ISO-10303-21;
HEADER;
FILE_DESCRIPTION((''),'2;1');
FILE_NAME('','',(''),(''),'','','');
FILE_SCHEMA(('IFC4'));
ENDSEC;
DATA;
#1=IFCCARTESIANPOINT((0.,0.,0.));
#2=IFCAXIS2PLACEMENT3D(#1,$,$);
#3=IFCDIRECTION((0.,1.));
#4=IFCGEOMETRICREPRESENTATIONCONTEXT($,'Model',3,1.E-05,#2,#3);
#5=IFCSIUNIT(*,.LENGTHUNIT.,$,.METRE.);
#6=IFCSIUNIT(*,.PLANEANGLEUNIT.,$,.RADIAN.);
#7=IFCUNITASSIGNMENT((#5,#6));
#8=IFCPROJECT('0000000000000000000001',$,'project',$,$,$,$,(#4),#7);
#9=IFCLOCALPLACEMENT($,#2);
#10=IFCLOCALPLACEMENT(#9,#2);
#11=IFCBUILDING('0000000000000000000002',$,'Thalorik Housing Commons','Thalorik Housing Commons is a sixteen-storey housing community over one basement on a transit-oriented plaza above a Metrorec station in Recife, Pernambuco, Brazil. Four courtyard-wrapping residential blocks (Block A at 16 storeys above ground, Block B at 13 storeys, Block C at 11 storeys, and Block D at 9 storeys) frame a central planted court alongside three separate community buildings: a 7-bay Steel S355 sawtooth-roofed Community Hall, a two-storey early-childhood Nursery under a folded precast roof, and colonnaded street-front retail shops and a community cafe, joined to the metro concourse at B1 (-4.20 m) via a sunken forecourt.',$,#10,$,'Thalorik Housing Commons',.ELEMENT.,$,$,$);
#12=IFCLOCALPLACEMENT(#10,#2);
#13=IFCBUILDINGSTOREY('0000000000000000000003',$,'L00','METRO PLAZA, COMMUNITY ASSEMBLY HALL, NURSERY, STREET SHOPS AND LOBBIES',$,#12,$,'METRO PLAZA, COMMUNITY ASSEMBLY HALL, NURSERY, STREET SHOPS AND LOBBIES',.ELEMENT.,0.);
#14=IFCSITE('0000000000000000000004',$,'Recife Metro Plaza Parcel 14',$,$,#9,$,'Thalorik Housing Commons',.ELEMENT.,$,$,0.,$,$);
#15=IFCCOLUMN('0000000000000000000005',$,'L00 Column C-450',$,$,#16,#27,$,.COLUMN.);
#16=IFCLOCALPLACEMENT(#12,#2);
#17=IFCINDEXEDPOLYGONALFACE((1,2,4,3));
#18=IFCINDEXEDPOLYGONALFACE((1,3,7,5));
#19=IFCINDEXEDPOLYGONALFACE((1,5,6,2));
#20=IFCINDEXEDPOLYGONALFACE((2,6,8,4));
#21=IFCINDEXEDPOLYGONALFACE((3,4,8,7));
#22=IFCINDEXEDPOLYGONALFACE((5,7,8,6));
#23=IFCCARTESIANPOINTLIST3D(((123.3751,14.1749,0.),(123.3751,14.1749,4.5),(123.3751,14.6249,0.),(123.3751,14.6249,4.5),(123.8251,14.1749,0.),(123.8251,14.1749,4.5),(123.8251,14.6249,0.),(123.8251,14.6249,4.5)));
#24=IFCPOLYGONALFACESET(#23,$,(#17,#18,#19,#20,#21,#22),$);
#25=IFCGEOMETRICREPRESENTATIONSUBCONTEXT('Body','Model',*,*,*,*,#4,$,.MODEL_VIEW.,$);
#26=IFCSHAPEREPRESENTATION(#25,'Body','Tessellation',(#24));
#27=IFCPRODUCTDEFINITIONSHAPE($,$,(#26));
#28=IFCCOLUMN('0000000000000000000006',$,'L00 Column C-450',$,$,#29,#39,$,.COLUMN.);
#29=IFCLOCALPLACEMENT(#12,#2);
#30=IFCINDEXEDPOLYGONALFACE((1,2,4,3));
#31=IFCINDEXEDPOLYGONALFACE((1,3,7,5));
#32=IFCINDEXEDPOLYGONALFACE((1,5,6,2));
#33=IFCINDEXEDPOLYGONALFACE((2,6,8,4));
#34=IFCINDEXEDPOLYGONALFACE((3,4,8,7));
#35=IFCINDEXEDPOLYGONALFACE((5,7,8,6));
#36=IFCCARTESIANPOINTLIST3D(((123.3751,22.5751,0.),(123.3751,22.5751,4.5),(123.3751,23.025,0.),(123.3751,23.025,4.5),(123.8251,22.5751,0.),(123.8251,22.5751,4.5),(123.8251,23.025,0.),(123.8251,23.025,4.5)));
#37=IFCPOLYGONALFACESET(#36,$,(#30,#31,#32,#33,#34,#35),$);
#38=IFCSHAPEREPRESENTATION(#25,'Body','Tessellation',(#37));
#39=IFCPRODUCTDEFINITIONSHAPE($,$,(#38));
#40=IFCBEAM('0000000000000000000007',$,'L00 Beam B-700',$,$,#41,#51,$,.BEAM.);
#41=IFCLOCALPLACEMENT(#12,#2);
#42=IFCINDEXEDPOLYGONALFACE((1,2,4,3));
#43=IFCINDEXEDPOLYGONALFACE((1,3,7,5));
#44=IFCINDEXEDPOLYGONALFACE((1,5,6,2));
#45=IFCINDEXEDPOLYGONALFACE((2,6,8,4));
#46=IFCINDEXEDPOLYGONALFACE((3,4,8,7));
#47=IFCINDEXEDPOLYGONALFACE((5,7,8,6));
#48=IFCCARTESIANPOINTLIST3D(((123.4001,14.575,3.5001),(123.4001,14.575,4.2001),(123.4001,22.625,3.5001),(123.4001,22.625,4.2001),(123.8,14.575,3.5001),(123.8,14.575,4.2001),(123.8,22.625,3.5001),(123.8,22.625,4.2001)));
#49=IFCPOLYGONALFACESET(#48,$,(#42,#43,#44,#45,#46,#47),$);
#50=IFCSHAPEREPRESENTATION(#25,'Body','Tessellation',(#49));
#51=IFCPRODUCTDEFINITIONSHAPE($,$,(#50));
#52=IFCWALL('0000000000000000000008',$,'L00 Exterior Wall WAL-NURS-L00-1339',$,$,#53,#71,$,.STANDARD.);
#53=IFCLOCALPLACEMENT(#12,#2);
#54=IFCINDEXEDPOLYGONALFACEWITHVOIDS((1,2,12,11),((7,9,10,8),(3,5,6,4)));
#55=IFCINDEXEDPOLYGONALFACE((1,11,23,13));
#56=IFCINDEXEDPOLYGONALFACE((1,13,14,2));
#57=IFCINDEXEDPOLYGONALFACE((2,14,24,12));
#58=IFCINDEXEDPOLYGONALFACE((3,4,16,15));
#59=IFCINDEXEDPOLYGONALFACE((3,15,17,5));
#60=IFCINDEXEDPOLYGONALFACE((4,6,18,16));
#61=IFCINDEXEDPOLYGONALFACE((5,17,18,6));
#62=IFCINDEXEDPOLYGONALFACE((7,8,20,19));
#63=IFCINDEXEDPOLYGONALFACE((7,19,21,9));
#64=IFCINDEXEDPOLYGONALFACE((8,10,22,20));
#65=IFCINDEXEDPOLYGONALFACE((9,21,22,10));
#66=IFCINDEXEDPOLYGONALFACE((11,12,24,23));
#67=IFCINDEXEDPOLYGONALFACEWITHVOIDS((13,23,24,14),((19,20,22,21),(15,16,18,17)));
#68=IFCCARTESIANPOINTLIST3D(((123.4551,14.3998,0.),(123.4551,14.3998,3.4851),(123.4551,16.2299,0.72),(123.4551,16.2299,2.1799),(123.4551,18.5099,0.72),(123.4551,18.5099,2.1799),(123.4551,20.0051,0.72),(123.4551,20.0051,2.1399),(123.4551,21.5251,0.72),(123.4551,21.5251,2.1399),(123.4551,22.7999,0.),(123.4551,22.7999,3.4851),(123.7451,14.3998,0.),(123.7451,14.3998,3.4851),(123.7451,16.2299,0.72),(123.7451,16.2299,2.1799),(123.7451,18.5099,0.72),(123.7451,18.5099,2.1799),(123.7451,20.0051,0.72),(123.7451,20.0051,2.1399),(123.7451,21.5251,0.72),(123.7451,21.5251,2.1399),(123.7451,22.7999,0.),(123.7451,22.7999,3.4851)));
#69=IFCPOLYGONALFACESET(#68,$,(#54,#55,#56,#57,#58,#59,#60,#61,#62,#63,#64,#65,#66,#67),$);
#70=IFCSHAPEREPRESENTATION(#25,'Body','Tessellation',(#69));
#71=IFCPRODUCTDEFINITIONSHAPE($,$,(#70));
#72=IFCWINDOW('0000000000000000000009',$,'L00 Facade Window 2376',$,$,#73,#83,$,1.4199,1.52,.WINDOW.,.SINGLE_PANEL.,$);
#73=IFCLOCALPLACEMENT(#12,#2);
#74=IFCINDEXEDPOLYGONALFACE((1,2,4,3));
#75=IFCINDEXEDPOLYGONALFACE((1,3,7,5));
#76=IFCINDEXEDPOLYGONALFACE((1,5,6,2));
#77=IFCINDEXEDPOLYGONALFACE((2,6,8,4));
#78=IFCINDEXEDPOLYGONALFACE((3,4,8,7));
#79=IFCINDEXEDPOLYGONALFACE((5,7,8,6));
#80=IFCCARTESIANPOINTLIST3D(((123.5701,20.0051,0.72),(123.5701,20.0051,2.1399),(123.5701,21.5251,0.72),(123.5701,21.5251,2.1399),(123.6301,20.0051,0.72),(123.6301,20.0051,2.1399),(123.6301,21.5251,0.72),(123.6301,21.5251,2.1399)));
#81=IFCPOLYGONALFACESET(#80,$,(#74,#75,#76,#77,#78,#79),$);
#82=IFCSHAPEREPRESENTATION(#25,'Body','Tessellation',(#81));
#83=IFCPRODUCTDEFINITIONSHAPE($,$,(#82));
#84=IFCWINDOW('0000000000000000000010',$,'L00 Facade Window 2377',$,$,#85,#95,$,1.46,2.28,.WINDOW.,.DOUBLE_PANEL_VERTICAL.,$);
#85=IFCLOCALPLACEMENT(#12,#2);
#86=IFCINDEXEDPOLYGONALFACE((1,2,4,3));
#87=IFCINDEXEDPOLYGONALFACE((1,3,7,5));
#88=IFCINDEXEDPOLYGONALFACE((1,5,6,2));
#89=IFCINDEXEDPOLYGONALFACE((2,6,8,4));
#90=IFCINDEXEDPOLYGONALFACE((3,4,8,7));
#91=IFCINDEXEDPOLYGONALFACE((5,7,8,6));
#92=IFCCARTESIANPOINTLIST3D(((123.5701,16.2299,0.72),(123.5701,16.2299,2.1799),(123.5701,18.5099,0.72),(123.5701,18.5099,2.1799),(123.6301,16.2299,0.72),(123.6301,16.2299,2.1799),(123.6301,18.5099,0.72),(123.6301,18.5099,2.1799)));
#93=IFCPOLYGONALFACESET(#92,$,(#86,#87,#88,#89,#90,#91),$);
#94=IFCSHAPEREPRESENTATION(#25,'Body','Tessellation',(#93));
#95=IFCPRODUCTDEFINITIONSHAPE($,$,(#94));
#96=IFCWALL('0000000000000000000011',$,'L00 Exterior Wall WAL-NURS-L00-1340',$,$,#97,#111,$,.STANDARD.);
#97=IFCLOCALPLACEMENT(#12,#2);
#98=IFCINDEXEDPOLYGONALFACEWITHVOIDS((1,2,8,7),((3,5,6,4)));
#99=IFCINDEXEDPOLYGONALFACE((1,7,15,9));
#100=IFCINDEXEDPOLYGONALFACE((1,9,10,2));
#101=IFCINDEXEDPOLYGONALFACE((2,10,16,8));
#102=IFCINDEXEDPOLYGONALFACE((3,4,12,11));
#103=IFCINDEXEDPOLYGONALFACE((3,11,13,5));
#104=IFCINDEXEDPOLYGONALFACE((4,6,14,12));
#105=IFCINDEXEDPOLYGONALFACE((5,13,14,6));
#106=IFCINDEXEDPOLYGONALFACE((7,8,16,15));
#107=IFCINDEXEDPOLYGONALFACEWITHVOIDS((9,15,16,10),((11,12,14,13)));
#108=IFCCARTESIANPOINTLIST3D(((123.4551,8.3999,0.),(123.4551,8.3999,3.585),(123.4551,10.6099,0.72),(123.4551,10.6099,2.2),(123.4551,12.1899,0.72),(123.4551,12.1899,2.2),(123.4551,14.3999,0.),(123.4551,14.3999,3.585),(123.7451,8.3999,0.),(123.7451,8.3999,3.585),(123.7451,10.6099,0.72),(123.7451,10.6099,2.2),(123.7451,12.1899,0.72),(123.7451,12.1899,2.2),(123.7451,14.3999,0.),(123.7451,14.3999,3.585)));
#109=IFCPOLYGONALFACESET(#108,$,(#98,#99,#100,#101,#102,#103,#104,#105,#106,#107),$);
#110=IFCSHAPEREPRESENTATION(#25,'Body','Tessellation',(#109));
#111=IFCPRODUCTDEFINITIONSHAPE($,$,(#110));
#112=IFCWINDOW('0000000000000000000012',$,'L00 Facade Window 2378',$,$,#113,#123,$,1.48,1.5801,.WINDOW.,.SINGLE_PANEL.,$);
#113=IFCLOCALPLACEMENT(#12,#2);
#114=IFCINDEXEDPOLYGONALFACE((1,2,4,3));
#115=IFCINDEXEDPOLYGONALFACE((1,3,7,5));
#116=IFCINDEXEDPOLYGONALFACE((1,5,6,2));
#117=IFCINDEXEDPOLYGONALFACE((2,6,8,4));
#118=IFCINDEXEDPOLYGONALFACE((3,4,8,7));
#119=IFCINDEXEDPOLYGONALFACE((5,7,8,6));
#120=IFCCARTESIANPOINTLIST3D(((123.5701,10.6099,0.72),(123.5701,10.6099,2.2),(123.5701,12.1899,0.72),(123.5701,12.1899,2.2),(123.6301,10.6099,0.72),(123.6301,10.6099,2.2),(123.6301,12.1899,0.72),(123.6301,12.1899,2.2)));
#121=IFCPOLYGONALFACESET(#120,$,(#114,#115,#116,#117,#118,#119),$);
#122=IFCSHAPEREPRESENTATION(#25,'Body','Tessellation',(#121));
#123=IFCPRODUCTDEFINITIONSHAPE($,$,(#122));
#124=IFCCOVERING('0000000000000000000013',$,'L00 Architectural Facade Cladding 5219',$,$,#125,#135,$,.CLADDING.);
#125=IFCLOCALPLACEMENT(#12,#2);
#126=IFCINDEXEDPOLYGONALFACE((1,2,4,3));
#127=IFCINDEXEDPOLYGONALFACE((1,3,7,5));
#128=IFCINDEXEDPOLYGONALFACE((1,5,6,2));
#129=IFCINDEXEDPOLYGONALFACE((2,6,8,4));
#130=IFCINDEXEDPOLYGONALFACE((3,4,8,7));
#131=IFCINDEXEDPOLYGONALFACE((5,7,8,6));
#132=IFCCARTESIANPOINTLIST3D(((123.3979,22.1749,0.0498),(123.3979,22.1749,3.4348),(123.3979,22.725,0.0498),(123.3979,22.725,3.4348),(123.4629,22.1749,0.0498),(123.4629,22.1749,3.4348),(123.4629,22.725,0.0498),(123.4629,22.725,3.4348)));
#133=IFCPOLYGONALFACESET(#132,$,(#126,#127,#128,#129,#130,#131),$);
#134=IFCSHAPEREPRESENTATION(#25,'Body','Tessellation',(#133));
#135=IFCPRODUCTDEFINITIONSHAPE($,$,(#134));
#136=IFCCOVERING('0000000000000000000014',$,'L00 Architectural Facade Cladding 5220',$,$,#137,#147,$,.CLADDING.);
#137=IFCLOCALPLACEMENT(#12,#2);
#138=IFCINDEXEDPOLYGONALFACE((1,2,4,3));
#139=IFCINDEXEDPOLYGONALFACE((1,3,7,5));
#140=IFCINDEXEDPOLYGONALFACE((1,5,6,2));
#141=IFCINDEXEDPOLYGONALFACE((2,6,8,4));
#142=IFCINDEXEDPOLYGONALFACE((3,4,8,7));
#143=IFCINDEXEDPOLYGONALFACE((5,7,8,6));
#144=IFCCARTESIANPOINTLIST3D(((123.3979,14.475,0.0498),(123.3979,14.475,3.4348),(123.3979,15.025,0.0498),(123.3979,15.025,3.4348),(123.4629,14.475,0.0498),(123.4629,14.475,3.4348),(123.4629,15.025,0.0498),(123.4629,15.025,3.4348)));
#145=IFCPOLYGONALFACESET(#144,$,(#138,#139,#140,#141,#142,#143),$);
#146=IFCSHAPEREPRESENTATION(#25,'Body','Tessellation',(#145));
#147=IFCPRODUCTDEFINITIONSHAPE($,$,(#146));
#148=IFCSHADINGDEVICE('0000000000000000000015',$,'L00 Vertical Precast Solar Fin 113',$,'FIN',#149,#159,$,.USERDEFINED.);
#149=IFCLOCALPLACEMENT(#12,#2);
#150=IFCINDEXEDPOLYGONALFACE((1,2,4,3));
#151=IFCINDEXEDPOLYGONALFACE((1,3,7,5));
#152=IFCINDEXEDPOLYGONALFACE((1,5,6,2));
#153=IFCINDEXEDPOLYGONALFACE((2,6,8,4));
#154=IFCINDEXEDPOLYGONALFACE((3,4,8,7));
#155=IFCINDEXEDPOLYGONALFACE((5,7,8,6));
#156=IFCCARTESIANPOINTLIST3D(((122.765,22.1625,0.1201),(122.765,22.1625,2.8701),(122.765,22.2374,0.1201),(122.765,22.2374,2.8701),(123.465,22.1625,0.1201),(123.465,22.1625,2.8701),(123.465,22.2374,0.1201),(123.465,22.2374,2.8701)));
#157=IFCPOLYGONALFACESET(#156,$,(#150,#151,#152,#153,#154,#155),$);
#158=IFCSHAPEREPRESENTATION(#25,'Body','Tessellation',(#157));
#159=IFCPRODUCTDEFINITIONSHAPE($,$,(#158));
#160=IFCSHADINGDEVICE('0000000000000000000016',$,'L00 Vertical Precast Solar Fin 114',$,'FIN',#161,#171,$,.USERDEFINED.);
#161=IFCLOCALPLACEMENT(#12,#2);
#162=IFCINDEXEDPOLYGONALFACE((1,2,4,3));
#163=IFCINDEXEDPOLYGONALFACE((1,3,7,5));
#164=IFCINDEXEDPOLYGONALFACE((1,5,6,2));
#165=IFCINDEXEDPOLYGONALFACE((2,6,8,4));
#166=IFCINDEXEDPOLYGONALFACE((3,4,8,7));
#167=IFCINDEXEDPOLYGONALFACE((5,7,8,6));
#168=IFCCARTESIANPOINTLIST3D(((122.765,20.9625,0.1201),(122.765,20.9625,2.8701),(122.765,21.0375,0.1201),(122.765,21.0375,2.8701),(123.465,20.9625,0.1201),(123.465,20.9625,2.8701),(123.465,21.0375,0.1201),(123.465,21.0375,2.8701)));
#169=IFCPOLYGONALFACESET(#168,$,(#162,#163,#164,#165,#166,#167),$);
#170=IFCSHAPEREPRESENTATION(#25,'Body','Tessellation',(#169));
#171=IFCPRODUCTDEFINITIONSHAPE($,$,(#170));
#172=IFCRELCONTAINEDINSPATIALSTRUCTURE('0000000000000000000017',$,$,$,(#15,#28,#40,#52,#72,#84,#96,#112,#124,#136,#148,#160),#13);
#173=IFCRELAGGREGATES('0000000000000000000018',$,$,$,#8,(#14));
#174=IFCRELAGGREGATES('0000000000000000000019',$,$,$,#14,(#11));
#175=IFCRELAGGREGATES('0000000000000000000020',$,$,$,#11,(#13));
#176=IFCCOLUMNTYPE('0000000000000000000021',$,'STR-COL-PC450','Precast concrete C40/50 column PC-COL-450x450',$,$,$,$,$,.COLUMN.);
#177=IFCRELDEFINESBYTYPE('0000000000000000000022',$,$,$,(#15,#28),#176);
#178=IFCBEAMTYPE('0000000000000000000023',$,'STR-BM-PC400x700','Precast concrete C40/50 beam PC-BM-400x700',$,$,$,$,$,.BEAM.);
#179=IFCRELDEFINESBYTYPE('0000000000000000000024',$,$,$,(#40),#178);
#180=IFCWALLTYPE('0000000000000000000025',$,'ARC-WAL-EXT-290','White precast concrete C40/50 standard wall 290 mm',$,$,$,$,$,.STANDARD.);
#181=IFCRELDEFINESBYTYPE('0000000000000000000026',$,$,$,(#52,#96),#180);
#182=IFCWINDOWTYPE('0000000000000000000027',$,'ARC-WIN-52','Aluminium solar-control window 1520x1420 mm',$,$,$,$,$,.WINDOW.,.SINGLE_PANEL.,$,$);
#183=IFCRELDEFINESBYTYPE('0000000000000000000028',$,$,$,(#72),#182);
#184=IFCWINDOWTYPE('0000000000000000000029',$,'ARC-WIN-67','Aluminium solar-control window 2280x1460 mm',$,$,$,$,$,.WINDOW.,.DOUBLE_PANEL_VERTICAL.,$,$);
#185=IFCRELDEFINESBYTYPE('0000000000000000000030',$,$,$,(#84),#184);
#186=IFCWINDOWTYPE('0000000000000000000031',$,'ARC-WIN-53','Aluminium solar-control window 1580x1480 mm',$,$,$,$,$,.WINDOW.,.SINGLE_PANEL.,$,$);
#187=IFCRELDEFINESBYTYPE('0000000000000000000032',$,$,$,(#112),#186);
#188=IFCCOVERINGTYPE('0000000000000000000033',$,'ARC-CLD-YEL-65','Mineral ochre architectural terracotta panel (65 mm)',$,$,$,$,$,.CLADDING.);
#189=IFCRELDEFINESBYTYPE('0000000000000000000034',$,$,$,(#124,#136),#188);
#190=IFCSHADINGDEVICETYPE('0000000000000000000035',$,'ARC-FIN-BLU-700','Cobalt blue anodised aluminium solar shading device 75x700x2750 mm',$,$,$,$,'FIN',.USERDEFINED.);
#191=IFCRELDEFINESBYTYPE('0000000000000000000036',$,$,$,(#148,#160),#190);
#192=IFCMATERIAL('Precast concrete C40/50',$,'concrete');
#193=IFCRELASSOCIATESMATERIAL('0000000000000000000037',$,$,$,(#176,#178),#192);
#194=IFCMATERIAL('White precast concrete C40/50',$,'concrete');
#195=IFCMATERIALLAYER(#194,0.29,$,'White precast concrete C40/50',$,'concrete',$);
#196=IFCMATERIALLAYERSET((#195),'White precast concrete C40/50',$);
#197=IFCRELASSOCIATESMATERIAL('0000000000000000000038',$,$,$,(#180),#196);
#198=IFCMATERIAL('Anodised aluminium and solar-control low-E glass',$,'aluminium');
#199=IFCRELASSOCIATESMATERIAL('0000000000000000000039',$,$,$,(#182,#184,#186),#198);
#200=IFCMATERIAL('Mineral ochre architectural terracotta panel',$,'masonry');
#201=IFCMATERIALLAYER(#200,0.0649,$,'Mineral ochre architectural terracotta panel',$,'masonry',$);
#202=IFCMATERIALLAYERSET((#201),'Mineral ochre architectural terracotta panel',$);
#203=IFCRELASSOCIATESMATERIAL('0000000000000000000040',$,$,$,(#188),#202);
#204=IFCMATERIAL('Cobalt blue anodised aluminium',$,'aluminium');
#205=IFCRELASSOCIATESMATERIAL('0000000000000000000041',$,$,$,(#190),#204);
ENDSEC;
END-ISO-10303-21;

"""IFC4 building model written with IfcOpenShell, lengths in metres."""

from ifc_helpers import new_model, si_unit, direction, frame, frame_2d, origin, origin_2d, place, context, subcontext, project, spatial, rectangle, extrude, material, layer, layer_set, material_profile, profile_set, type_object, element, fill, save


model = new_model("IFC4")

# Units and contexts
model_context = context("Model", 3, precision=1e-05, world=origin(), true_north=direction((0.0, 1.0)))
body_context = subcontext(model_context, "Body", "Model", "MODEL_VIEW")
ifc_project = project(units=[si_unit("LENGTHUNIT", "METRE"), si_unit("PLANEANGLEUNIT", "RADIAN")], contexts=[model_context])

# Site, building, storey
site_placement = place(None, origin())
site = spatial("IfcSite", under=ifc_project, at=site_placement, Name="Recife Metro Plaza Parcel 14", LongName="Thalorik Housing Commons", CompositionType="ELEMENT", RefElevation=0.0)
building_placement = place(site_placement, origin())
building = spatial("IfcBuilding", under=site, at=building_placement, Name="Thalorik Housing Commons", Description="Thalorik Housing Commons is a sixteen-storey housing community over one basement on a transit-oriented plaza above a Metrorec station in Recife, Pernambuco, Brazil. Four courtyard-wrapping residential blocks (Block A at 16 storeys above ground, Block B at 13 storeys, Block C at 11 storeys, and Block D at 9 storeys) frame a central planted court alongside three separate community buildings: a 7-bay Steel S355 sawtooth-roofed Community Hall, a two-storey early-childhood Nursery under a folded precast roof, and colonnaded street-front retail shops and a community cafe, joined to the metro concourse at B1 (-4.20 m) via a sunken forecourt.", LongName="Thalorik Housing Commons", CompositionType="ELEMENT")
storey_placement = place(building_placement, origin())
storey = spatial("IfcBuildingStorey", under=building, at=storey_placement, Name="L00", Description="METRO PLAZA, COMMUNITY ASSEMBLY HALL, NURSERY, STREET SHOPS AND LOBBIES", LongName="METRO PLAZA, COMMUNITY ASSEMBLY HALL, NURSERY, STREET SHOPS AND LOBBIES", CompositionType="ELEMENT", Elevation=0.0)

# Columns
ifc_material_1 = material(Name="Precast concrete C40/50", Category="concrete")
ifc_material_profile_1 = material_profile(ifc_material_1, rectangle(XDim=0.45, YDim=0.45, at=origin_2d()), Name="PC 450x450", Category="concrete")
ifc_profile_set_1 = profile_set([ifc_material_profile_1], Name="Precast concrete C40/50")
column_type = type_object("IfcColumnType", Name="STR-COL-PC450", Description="Precast concrete C40/50 column PC-COL-450x450", PredefinedType="COLUMN", material=ifc_profile_set_1)
for number, where, z_axis, x_axis, name in (
    (1, (123.6001, 14.3999, 0.0), (0.0, 0.0, 1.0), (1.0, 0.0, 0.0), "L00 Column C-450"),
    (2, (123.6001, 22.8, 0.0), (0.0, 0.0, 1.0), (1.0, 0.0, 0.0), "L00 Column C-450"),
):
    element("IfcColumn", number, at=place(storey_placement, frame(where, z_axis=z_axis, x_axis=x_axis)), inside=storey, type_object=column_type, Name=name, PredefinedType="COLUMN", context=body_context, shape_type="SweptSolid", body=[
        extrude(rectangle(XDim=0.45, YDim=0.45, at=origin_2d()), origin(), (0.0, 0.0, 1.0), 4.5),
    ])

# Beam
ifc_material_profile_2 = material_profile(ifc_material_1, rectangle(XDim=0.3999, YDim=0.7, at=origin_2d()), Name="PC 400x700", Category="concrete")
ifc_profile_set_2 = profile_set([ifc_material_profile_2], Name="Precast concrete C40/50")
beam_type = type_object("IfcBeamType", Name="STR-BM-PC400x700", Description="Precast concrete C40/50 beam PC-BM-400x700", PredefinedType="BEAM", material=ifc_profile_set_2)
beam_placement = place(storey_placement, frame((123.6001, 14.575, 3.8501), z_axis=(0.0, 1.0, 0.0), x_axis=(-1.0, 0.0, 0.0)))
element("IfcBeam", 3, at=beam_placement, inside=storey, type_object=beam_type, Name="L00 Beam B-700", PredefinedType="BEAM", context=body_context, shape_type="SweptSolid", body=[
    extrude(rectangle(XDim=0.3999, YDim=0.7, at=origin_2d()), origin(), (0.0, 0.0, 1.0), 8.05),
])

# Wall, openings, windows
ifc_material_2 = material(Name="White precast concrete C40/50", Category="concrete")
ifc_layer_1 = layer(ifc_material_2, 0.29, Name="White precast concrete C40/50", Category="concrete")
ifc_layer_set_1 = layer_set([ifc_layer_1], Name="White precast concrete C40/50")
wall_type = type_object("IfcWallType", Name="ARC-WAL-EXT-290", Description="White precast concrete C40/50 standard wall 290 mm", PredefinedType="STANDARD", material=ifc_layer_set_1)
wall_1_placement = place(storey_placement, frame((123.6001, 22.8, 0.0), z_axis=(0.0, 0.0, 1.0), x_axis=(0.0, -1.0, 0.0)))
wall_1 = element("IfcWall", 4, at=wall_1_placement, inside=storey, type_object=wall_type, Name="L00 Exterior Wall WAL-NURS-L00-1339", PredefinedType="STANDARD", context=body_context, shape_type="SweptSolid", body=[
    extrude(rectangle(XDim=8.4001, YDim=0.29, at=frame_2d((4.2002, 0.0))), origin(), (0.0, 0.0, 1.0), 3.4851),
])
opening_1_placement = place(wall_1_placement, frame((1.2749, 0.0, 0.72)))
opening_1 = element("IfcOpeningElement", 5, at=opening_1_placement, cuts=wall_1, PredefinedType="OPENING", context=body_context, shape_type="SweptSolid", body=[
    extrude(rectangle(XDim=1.52, YDim=1.4199, at=frame_2d((0.76, 0.71))), frame((0.0, 0.155, 0.0), z_axis=(0.0, -1.0, 0.0), x_axis=(1.0, 0.0, 0.0)), (0.0, 0.0, 1.0), 0.3101),
])
opening_2_placement = place(wall_1_placement, frame((4.29, 0.0, 0.72)))
opening_2 = element("IfcOpeningElement", 6, at=opening_2_placement, cuts=wall_1, PredefinedType="OPENING", context=body_context, shape_type="SweptSolid", body=[
    extrude(rectangle(XDim=2.28, YDim=1.46, at=frame_2d((1.1401, 0.73))), frame((0.0, 0.155, 0.0), z_axis=(0.0, -1.0, 0.0), x_axis=(1.0, 0.0, 0.0)), (0.0, 0.0, 1.0), 0.3101),
])
ifc_material_3 = material(Name="Anodised aluminium and solar-control low-E glass", Category="aluminium")
window_type_1 = type_object("IfcWindowType", Name="ARC-WIN-52", Description="Aluminium solar-control window 1520x1420 mm", PartitioningType="SINGLE_PANEL", PredefinedType="WINDOW", material=ifc_material_3)
window_1_placement = place(opening_1_placement, origin())
window_1 = element("IfcWindow", 7, at=window_1_placement, inside=storey, type_object=window_type_1, Name="L00 Facade Window 2376", OverallHeight=1.4199, OverallWidth=1.52, PartitioningType="SINGLE_PANEL", PredefinedType="WINDOW", context=body_context, shape_type="SweptSolid", body=[
    extrude(rectangle(XDim=1.52, YDim=1.4199, at=frame_2d((0.76, 0.71))), frame((0.0, 0.03, 0.0), z_axis=(0.0, -1.0, 0.0), x_axis=(1.0, 0.0, 0.0)), (0.0, 0.0, 1.0), 0.0601),
])
fill(opening_1, window_1)
window_type_2 = type_object("IfcWindowType", Name="ARC-WIN-67", Description="Aluminium solar-control window 2280x1460 mm", PartitioningType="DOUBLE_PANEL_VERTICAL", PredefinedType="WINDOW", material=ifc_material_3)
window_2_placement = place(opening_2_placement, origin())
window_2 = element("IfcWindow", 8, at=window_2_placement, inside=storey, type_object=window_type_2, Name="L00 Facade Window 2377", OverallHeight=1.46, OverallWidth=2.28, PartitioningType="DOUBLE_PANEL_VERTICAL", PredefinedType="WINDOW", context=body_context, shape_type="SweptSolid", body=[
    extrude(rectangle(XDim=2.28, YDim=1.46, at=frame_2d((1.1401, 0.73))), frame((0.0, 0.03, 0.0), z_axis=(0.0, -1.0, 0.0), x_axis=(1.0, 0.0, 0.0)), (0.0, 0.0, 1.0), 0.0601),
])
fill(opening_2, window_2)

# Wall, opening, window
wall_2_placement = place(storey_placement, frame((123.6001, 14.3999, 0.0), z_axis=(0.0, 0.0, 1.0), x_axis=(0.0, -1.0, 0.0)))
wall_2 = element("IfcWall", 9, at=wall_2_placement, inside=storey, type_object=wall_type, Name="L00 Exterior Wall WAL-NURS-L00-1340", PredefinedType="STANDARD", context=body_context, shape_type="SweptSolid", body=[
    extrude(rectangle(XDim=6.0, YDim=0.29, at=frame_2d((3.0, 0.0))), origin(), (0.0, 0.0, 1.0), 3.585),
])
opening_3_placement = place(wall_2_placement, frame((2.21, 0.0, 0.72)))
opening_3 = element("IfcOpeningElement", 10, at=opening_3_placement, cuts=wall_2, PredefinedType="OPENING", context=body_context, shape_type="SweptSolid", body=[
    extrude(rectangle(XDim=1.5801, YDim=1.48, at=frame_2d((0.79, 0.74))), frame((0.0, 0.155, 0.0), z_axis=(0.0, -1.0, 0.0), x_axis=(1.0, 0.0, 0.0)), (0.0, 0.0, 1.0), 0.3101),
])
window_type_3 = type_object("IfcWindowType", Name="ARC-WIN-53", Description="Aluminium solar-control window 1580x1480 mm", PartitioningType="SINGLE_PANEL", PredefinedType="WINDOW", material=ifc_material_3)
window_3_placement = place(opening_3_placement, origin())
window_3 = element("IfcWindow", 11, at=window_3_placement, inside=storey, type_object=window_type_3, Name="L00 Facade Window 2378", OverallHeight=1.48, OverallWidth=1.5801, PartitioningType="SINGLE_PANEL", PredefinedType="WINDOW", context=body_context, shape_type="SweptSolid", body=[
    extrude(rectangle(XDim=1.5801, YDim=1.48, at=frame_2d((0.79, 0.74))), frame((0.0, 0.03, 0.0), z_axis=(0.0, -1.0, 0.0), x_axis=(1.0, 0.0, 0.0)), (0.0, 0.0, 1.0), 0.0601),
])
fill(opening_3, window_3)

# Coverings
ifc_material_4 = material(Name="Mineral ochre architectural terracotta panel", Category="masonry")
ifc_layer_2 = layer(ifc_material_4, 0.0649, Name="Mineral ochre architectural terracotta panel", Category="masonry")
ifc_layer_set_2 = layer_set([ifc_layer_2], Name="Mineral ochre architectural terracotta panel")
covering_type = type_object("IfcCoveringType", Name="ARC-CLD-YEL-65", Description="Mineral ochre architectural terracotta panel (65 mm)", PredefinedType="CLADDING", material=ifc_layer_set_2)
for number, where, z_axis, x_axis, name in (
    (12, (123.4304, 22.45, 0.0498), (0.0, 0.0, 1.0), (0.0, -1.0, 0.0), "L00 Architectural Facade Cladding 5219"),
    (13, (123.4304, 14.75, 0.0498), (0.0, 0.0, 1.0), (0.0, -1.0, 0.0), "L00 Architectural Facade Cladding 5220"),
):
    element("IfcCovering", number, at=place(storey_placement, frame(where, z_axis=z_axis, x_axis=x_axis)), inside=storey, type_object=covering_type, Name=name, PredefinedType="CLADDING", context=body_context, shape_type="SweptSolid", body=[
        extrude(rectangle(XDim=0.55, YDim=0.0649, at=origin_2d()), origin(), (0.0, 0.0, 1.0), 3.385),
    ])

# Shading devices
ifc_material_5 = material(Name="Cobalt blue anodised aluminium", Category="aluminium")
shading_device_type = type_object("IfcShadingDeviceType", Name="ARC-FIN-BLU-700", Description="Cobalt blue anodised aluminium solar shading device 75x700x2750 mm", ElementType="FIN", PredefinedType="USERDEFINED", material=ifc_material_5)
for number, where, z_axis, x_axis, name in (
    (14, (123.115, 22.2, 0.1201), (0.0, 0.0, 1.0), (0.0, -1.0, 0.0), "L00 Vertical Precast Solar Fin 113"),
    (15, (123.115, 21.0, 0.1201), (0.0, 0.0, 1.0), (0.0, -1.0, 0.0), "L00 Vertical Precast Solar Fin 114"),
):
    element("IfcShadingDevice", number, at=place(storey_placement, frame(where, z_axis=z_axis, x_axis=x_axis)), inside=storey, type_object=shading_device_type, Name=name, ObjectType="FIN", PredefinedType="USERDEFINED", context=body_context, shape_type="SweptSolid", body=[
        extrude(rectangle(XDim=0.075, YDim=0.7, at=origin_2d()), origin(), (0.0, 0.0, 1.0), 2.75),
    ])

save(model, "model.ifc")
